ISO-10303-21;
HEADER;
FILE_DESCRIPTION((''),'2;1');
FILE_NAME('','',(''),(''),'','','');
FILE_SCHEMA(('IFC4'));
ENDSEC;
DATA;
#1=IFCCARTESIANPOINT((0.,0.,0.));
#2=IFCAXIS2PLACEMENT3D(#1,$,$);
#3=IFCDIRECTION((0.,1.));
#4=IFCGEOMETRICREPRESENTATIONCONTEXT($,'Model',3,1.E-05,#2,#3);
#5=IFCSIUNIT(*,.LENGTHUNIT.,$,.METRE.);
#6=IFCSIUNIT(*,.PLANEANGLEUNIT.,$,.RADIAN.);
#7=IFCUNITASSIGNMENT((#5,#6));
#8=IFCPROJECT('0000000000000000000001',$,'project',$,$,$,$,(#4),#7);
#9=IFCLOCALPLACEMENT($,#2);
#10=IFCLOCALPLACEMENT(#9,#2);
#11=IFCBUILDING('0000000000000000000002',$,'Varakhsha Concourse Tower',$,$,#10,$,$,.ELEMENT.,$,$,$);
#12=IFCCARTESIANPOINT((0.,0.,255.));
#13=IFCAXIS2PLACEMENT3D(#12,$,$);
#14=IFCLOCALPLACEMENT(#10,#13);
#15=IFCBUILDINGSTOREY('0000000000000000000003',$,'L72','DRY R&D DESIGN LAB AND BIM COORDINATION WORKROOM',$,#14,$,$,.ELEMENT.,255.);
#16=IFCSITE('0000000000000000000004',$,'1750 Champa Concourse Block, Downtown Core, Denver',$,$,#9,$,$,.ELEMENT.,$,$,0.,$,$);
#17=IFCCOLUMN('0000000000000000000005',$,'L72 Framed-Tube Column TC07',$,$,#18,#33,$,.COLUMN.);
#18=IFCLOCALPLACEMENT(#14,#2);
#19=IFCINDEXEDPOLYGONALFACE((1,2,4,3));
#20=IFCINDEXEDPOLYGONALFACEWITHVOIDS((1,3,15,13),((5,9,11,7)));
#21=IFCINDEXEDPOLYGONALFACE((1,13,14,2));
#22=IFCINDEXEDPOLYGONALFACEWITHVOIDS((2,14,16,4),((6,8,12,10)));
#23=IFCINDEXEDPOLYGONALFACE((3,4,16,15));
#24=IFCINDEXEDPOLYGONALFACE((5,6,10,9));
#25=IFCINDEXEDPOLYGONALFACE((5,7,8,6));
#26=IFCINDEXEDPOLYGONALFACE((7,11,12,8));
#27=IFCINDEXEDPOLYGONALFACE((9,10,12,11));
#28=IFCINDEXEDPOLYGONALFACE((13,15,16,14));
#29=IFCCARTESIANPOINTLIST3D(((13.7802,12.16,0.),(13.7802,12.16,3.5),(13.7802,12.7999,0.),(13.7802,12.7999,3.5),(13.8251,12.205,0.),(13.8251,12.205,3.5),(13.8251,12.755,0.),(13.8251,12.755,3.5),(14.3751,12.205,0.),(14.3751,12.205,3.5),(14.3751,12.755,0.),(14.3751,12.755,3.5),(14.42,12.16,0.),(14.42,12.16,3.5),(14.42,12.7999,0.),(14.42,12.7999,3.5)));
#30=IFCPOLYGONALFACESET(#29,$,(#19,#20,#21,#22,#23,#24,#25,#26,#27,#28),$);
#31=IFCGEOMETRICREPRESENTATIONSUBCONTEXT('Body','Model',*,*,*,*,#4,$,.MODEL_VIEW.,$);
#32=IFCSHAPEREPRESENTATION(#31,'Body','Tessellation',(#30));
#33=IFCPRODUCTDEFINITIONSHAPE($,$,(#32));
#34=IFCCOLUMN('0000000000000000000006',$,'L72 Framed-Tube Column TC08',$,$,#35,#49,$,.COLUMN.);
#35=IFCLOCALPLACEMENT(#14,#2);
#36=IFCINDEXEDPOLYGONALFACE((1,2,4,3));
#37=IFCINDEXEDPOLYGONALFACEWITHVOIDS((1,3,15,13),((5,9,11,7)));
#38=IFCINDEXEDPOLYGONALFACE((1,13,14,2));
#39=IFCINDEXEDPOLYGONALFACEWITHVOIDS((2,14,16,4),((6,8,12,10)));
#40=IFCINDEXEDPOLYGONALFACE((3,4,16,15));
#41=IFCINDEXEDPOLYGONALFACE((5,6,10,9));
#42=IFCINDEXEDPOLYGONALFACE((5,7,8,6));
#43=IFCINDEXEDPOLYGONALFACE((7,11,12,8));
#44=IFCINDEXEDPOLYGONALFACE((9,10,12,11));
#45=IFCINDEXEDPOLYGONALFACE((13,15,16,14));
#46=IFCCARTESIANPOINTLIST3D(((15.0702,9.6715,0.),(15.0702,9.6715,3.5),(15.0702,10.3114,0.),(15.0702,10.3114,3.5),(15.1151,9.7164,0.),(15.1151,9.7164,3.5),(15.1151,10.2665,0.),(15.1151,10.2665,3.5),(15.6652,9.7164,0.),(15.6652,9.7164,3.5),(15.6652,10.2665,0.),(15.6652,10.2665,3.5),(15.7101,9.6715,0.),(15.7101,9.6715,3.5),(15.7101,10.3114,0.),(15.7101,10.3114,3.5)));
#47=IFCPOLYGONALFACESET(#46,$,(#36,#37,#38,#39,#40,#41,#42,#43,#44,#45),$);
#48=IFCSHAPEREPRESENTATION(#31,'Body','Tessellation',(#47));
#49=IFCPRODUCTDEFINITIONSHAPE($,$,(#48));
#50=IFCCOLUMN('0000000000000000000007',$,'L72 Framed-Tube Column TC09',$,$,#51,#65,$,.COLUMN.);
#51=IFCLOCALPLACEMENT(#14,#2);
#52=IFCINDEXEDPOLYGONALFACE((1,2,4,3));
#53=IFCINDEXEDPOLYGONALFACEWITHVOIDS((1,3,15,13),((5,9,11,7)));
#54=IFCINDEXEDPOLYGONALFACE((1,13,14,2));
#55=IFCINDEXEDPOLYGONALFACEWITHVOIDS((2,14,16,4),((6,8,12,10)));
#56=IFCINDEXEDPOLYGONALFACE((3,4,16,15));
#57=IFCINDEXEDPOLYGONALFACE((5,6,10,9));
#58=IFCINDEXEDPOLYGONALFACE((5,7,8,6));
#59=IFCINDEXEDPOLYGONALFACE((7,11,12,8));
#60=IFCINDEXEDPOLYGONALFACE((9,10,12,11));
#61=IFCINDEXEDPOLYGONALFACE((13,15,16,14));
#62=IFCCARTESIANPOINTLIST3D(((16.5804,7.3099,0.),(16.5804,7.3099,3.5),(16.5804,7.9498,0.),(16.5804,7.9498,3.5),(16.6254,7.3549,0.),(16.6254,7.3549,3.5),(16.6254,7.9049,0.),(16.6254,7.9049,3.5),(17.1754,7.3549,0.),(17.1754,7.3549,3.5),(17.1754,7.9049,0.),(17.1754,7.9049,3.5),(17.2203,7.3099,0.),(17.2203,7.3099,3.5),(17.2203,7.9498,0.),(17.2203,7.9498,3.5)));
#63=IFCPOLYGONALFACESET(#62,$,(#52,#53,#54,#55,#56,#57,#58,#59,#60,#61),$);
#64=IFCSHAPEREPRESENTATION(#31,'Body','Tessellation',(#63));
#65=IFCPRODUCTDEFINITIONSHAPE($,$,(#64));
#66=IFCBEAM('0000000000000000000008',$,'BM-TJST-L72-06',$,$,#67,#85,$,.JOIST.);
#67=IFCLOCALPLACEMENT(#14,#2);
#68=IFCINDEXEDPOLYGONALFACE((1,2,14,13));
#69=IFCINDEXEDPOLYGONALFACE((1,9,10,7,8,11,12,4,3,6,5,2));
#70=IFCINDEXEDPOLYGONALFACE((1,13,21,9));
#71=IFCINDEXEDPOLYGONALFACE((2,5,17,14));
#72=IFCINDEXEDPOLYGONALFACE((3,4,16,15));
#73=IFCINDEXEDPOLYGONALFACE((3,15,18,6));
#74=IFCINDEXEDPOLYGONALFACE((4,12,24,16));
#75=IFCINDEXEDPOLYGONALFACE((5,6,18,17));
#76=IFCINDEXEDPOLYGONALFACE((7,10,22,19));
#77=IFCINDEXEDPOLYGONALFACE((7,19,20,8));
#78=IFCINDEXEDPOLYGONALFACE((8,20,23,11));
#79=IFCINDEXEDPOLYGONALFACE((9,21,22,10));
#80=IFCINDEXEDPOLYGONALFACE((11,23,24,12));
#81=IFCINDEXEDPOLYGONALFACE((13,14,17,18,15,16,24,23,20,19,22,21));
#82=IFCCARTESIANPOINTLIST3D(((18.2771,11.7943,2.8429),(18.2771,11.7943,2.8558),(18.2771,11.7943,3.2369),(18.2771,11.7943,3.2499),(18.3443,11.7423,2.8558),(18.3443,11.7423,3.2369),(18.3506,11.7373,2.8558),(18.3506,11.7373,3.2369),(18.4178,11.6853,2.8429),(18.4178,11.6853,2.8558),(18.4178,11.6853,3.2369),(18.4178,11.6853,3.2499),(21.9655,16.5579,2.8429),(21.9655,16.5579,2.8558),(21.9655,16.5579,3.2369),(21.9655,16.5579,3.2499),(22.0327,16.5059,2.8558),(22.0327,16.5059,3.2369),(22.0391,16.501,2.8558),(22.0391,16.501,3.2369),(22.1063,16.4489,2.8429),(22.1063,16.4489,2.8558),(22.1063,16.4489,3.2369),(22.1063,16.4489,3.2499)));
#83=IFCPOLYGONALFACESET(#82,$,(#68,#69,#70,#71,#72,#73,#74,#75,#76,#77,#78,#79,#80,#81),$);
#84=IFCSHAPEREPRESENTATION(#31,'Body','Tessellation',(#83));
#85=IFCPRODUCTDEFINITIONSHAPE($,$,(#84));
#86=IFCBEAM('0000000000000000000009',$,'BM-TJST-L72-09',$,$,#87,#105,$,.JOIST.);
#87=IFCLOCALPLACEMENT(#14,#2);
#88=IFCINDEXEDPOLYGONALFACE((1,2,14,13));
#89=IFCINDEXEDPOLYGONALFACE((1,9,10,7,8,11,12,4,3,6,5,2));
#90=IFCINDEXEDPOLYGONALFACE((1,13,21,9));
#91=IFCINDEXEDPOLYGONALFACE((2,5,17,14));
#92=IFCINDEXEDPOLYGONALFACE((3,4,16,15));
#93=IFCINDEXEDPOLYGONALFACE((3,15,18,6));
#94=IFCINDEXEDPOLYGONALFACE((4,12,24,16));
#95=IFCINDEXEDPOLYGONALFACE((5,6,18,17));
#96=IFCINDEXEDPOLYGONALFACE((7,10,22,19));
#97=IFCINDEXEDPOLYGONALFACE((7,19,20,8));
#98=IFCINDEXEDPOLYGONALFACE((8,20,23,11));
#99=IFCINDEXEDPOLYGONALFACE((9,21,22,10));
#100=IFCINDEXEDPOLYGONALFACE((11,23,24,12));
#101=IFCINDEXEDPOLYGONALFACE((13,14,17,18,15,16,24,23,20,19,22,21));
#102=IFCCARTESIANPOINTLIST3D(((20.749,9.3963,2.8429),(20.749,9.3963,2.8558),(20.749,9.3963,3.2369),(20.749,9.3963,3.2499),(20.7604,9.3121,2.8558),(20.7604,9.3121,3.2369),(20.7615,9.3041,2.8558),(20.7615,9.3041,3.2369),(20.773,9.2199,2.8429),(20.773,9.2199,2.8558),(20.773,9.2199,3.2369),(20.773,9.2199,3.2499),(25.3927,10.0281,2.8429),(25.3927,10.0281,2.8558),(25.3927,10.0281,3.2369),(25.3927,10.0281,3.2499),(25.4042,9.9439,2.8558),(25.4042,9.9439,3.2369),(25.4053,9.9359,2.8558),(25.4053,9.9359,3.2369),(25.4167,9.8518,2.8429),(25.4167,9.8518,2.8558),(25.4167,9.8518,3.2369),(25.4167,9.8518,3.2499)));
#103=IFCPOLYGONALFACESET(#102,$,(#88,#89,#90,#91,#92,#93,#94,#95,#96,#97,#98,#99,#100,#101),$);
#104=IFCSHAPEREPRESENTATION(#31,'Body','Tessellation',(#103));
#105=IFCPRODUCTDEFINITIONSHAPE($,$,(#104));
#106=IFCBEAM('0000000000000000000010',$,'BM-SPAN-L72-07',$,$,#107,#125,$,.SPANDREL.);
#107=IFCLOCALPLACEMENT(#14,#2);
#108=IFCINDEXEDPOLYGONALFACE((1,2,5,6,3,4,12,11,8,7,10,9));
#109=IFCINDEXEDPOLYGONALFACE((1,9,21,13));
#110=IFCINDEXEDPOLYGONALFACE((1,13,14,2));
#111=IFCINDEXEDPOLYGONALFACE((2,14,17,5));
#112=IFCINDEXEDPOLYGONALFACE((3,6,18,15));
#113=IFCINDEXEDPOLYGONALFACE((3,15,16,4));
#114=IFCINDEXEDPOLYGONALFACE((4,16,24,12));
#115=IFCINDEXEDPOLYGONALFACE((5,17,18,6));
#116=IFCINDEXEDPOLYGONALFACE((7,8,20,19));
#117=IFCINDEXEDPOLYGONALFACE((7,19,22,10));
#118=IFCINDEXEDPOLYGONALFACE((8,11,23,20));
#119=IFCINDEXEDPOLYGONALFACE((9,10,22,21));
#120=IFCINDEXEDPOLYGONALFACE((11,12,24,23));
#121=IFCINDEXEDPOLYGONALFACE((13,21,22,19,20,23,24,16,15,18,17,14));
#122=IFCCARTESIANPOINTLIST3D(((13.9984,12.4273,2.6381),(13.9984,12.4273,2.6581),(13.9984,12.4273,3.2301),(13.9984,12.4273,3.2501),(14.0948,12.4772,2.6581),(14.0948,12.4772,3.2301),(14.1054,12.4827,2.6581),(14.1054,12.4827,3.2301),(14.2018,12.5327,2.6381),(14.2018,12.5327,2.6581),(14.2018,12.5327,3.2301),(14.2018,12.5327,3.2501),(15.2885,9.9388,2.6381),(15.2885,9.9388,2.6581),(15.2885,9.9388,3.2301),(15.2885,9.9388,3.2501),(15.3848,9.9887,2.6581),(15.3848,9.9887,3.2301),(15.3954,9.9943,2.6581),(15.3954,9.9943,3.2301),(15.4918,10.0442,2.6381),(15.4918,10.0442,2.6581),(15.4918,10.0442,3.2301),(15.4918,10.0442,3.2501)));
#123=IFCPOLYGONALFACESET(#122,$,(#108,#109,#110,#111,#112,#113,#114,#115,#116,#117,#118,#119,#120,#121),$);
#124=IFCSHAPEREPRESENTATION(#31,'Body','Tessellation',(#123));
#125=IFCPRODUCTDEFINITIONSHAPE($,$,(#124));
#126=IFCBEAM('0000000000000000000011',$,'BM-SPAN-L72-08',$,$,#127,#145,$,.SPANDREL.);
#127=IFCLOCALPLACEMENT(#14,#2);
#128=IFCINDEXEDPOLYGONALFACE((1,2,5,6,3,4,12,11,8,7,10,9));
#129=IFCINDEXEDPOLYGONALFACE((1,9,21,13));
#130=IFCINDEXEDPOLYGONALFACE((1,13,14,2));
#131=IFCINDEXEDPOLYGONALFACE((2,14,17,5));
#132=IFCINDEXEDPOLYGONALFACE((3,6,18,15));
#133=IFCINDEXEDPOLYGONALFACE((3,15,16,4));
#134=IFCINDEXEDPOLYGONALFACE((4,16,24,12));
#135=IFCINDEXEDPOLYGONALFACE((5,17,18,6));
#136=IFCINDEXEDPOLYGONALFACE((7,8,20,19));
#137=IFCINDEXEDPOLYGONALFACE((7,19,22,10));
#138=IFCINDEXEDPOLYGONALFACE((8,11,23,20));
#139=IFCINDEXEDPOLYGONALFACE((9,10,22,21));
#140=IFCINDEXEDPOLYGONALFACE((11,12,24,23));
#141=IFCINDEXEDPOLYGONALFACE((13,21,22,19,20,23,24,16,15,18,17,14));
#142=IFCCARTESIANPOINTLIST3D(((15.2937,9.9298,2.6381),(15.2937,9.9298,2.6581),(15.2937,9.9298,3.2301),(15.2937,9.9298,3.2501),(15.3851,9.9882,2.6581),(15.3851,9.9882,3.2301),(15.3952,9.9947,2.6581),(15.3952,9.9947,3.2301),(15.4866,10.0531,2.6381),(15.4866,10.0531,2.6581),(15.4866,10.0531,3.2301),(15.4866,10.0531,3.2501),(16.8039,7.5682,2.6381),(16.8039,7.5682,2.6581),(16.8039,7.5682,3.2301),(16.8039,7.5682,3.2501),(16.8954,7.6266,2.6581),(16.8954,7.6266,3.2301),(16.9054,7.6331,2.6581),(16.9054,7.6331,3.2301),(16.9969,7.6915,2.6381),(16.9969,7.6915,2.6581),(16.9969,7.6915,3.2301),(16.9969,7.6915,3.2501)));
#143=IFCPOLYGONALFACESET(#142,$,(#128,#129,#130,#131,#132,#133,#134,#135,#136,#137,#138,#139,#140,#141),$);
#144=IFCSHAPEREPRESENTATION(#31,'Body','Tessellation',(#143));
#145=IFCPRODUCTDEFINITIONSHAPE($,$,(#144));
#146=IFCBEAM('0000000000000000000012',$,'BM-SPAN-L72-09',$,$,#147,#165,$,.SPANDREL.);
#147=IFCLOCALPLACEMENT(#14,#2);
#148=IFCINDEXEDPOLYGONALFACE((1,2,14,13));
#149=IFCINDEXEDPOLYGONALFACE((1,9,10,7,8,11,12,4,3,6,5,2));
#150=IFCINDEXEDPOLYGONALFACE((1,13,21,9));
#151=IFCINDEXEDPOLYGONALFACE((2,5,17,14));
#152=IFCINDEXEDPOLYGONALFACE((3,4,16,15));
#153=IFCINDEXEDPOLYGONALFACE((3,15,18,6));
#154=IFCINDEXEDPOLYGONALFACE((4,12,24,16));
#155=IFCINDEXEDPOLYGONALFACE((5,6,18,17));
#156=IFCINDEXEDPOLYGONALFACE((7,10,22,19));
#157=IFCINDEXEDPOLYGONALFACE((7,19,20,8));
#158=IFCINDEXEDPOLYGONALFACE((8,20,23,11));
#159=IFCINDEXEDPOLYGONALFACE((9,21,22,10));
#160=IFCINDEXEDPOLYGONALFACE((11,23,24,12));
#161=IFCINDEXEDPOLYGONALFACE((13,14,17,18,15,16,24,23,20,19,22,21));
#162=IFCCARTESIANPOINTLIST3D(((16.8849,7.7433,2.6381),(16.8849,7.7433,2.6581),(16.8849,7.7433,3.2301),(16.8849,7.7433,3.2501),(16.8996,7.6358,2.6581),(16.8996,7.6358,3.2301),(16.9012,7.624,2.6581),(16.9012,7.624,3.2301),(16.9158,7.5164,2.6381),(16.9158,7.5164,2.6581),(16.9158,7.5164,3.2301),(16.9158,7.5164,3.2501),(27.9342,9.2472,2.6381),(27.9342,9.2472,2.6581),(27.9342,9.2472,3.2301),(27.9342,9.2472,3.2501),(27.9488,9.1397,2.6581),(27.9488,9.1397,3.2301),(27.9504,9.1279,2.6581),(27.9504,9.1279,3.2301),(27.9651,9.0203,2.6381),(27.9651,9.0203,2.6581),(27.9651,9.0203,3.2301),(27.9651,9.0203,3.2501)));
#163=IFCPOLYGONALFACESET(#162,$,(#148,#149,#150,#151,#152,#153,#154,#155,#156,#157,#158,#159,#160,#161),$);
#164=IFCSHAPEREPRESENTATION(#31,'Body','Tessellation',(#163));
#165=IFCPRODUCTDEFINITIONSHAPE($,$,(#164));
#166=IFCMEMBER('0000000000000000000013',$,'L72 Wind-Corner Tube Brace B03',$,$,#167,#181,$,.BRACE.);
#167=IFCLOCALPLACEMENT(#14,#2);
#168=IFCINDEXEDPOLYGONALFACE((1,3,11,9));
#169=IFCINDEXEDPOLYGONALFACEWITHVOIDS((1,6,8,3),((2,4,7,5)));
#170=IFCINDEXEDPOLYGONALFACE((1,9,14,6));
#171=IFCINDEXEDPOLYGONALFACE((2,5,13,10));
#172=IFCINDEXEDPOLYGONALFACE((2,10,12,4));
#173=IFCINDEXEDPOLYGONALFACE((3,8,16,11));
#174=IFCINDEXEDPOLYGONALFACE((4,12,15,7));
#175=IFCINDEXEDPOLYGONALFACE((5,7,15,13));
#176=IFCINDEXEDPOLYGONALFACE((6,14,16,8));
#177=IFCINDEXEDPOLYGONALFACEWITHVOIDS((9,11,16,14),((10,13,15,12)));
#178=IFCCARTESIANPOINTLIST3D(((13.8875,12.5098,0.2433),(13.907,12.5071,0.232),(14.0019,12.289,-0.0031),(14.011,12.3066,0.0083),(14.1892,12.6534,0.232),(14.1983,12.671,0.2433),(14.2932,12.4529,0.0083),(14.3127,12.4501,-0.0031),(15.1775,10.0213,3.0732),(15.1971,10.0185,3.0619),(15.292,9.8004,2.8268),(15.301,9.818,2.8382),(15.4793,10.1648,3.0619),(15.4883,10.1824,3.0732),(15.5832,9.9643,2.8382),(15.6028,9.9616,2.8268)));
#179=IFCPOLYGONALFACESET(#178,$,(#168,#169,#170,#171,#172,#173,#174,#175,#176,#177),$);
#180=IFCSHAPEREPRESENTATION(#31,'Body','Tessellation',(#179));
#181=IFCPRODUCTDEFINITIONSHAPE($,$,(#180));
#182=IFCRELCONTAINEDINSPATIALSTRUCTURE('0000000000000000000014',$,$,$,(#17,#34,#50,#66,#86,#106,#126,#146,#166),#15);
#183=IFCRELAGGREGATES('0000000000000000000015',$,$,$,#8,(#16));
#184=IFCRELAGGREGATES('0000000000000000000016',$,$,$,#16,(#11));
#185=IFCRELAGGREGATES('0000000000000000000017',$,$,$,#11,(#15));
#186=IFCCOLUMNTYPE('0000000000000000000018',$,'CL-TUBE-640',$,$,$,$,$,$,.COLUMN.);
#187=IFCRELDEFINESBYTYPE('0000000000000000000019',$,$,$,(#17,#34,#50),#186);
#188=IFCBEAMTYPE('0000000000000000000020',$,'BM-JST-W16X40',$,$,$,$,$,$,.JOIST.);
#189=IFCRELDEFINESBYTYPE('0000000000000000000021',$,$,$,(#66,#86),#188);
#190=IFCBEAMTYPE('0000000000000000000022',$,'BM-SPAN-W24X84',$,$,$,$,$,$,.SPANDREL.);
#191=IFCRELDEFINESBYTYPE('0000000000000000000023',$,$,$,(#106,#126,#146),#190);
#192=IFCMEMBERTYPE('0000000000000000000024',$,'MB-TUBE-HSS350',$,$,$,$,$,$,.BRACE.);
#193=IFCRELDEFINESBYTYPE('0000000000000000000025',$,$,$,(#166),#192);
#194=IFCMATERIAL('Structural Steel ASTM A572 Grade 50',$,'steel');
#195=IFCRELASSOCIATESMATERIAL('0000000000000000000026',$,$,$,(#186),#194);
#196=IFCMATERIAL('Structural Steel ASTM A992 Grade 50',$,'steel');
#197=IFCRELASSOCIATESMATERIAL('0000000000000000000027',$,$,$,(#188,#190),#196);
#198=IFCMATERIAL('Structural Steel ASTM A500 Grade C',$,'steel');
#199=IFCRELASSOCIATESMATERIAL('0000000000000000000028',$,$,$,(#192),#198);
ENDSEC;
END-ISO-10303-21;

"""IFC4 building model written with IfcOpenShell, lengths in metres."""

from ifc_helpers import new_model, si_unit, direction, frame, origin, origin_2d, place, context, subcontext, project, spatial, hollow_rectangle, i_section, extrude, source, transform, mapped, material, material_profile, profile_set, type_object, type_shapes, element, save


model = new_model("IFC4")

# Units and contexts
model_context = context("Model", 3, precision=1e-05, world=origin(), true_north=direction((0.0, 1.0)))
body_context = subcontext(model_context, "Body", "Model", "MODEL_VIEW")
ifc_project = project(units=[si_unit("LENGTHUNIT", "METRE"), si_unit("PLANEANGLEUNIT", "RADIAN")], contexts=[model_context])

# Site, building, storey
site_placement = place(None, origin())
site = spatial("IfcSite", under=ifc_project, at=site_placement, Name="1750 Champa Concourse Block, Downtown Core, Denver", CompositionType="ELEMENT", RefElevation=0.0)
building_placement = place(site_placement, origin())
building = spatial("IfcBuilding", under=site, at=building_placement, Name="Varakhsha Concourse Tower", CompositionType="ELEMENT")
storey_placement = place(building_placement, frame((0.0, 0.0, 255.0)))
storey = spatial("IfcBuildingStorey", under=building, at=storey_placement, Name="L72", Description="DRY R&D DESIGN LAB AND BIM COORDINATION WORKROOM", CompositionType="ELEMENT", Elevation=255.0)

# Columns
ifc_material_1 = material(Name="Structural Steel ASTM A572 Grade 50", Category="steel")
ifc_material_profile_1 = material_profile(ifc_material_1, hollow_rectangle(XDim=0.6399, YDim=0.6399, WallThickness=0.0449, at=origin_2d()), Name="BOX 640x640x45")
ifc_profile_set_1 = profile_set([ifc_material_profile_1], Name="Structural Steel ASTM A572 Grade 50")
column_type = type_object("IfcColumnType", Name="CL-TUBE-640", PredefinedType="COLUMN", material=ifc_profile_set_1)
for number, where, z_axis, x_axis, name in (
    (1, (14.1001, 12.48, 0.0), (0.0, 0.0, 1.0), (1.0, 0.0, 0.0), "L72 Framed-Tube Column TC07"),
    (2, (15.3901, 9.9915, 0.0), (0.0, 0.0, 1.0), (1.0, 0.0, 0.0), "L72 Framed-Tube Column TC08"),
    (3, (16.9004, 7.6299, 0.0), (0.0, 0.0, 1.0), (1.0, 0.0, 0.0), "L72 Framed-Tube Column TC09"),
):
    element("IfcColumn", number, at=place(storey_placement, frame(where, z_axis=z_axis, x_axis=x_axis)), inside=storey, type_object=column_type, Name=name, PredefinedType="COLUMN", context=body_context, shape_type="SweptSolid", body=[
        extrude(hollow_rectangle(XDim=0.6399, YDim=0.6399, WallThickness=0.0449, at=origin_2d()), origin(), (0.0, 0.0, 1.0), 3.5),
    ])

# Beams
ifc_material_2 = material(Name="Structural Steel ASTM A992 Grade 50", Category="steel")
ifc_material_profile_2 = material_profile(ifc_material_2, i_section(OverallWidth=0.178, OverallDepth=0.407, WebThickness=0.0081, FlangeThickness=0.0129, at=origin_2d()), Name="W16X40")
ifc_profile_set_2 = profile_set([ifc_material_profile_2], Name="Structural Steel ASTM A992 Grade 50")
beam_type_1 = type_object("IfcBeamType", Name="BM-JST-W16X40", PredefinedType="JOIST", material=ifc_profile_set_2)
beam_1_placement = place(storey_placement, frame((22.0359, 16.5034, 3.0464), z_axis=(-0.612222, -0.790686, 0.0), x_axis=(0.790686, -0.612222, 0.0)))
element("IfcBeam", 4, at=beam_1_placement, inside=storey, type_object=beam_type_1, Name="BM-TJST-L72-06", PredefinedType="JOIST", context=body_context, shape_type="SweptSolid", body=[
    extrude(i_section(OverallWidth=0.178, OverallDepth=0.407, WebThickness=0.0081, FlangeThickness=0.0129, at=origin_2d()), origin(), (0.0, 0.0, 1.0), 6.0247),
])
beam_2_placement = place(storey_placement, frame((20.761, 9.3081, 3.0464), z_axis=(0.99087, 0.134818, 0.0), x_axis=(-0.134818, 0.99087, 0.0)))
element("IfcBeam", 5, at=beam_2_placement, inside=storey, type_object=beam_type_1, Name="BM-TJST-L72-09", PredefinedType="JOIST", context=body_context, shape_type="SweptSolid", body=[
    extrude(i_section(OverallWidth=0.178, OverallDepth=0.407, WebThickness=0.0081, FlangeThickness=0.0129, at=origin_2d()), origin(), (0.0, 0.0, 1.0), 4.6865),
])
ifc_material_profile_3 = material_profile(ifc_material_2, i_section(OverallWidth=0.229, OverallDepth=0.6121, WebThickness=0.012, FlangeThickness=0.02, at=origin_2d()), Name="W24X84")
ifc_profile_set_3 = profile_set([ifc_material_profile_3], Name="Structural Steel ASTM A992 Grade 50")
beam_type_2 = type_object("IfcBeamType", Name="BM-SPAN-W24X84", PredefinedType="SPANDREL", material=ifc_profile_set_3)
beam_3_placement = place(storey_placement, frame((14.1001, 12.48, 2.9441), z_axis=(0.460231, -0.887799, 0.0), x_axis=(0.887799, 0.460231, 0.0)))
element("IfcBeam", 6, at=beam_3_placement, inside=storey, type_object=beam_type_2, Name="BM-SPAN-L72-07", PredefinedType="SPANDREL", context=body_context, shape_type="SweptSolid", body=[
    extrude(i_section(OverallWidth=0.229, OverallDepth=0.6121, WebThickness=0.012, FlangeThickness=0.02, at=origin_2d()), origin(), (0.0, 0.0, 1.0), 2.803),
])
beam_4_placement = place(storey_placement, frame((15.3901, 9.9915, 2.9441), z_axis=(0.538762, -0.842458, 0.0), x_axis=(0.842458, 0.538762, 0.0)))
element("IfcBeam", 7, at=beam_4_placement, inside=storey, type_object=beam_type_2, Name="BM-SPAN-L72-08", PredefinedType="SPANDREL", context=body_context, shape_type="SweptSolid", body=[
    extrude(i_section(OverallWidth=0.229, OverallDepth=0.6121, WebThickness=0.012, FlangeThickness=0.02, at=origin_2d()), origin(), (0.0, 0.0, 1.0), 2.8032),
])
beam_5_placement = place(storey_placement, frame((16.9004, 7.6299, 2.9441), z_axis=(0.990864, 0.134865, 0.0), x_axis=(-0.134865, 0.990864, 0.0)))
element("IfcBeam", 8, at=beam_5_placement, inside=storey, type_object=beam_type_2, Name="BM-SPAN-L72-09", PredefinedType="SPANDREL", context=body_context, shape_type="SweptSolid", body=[
    extrude(i_section(OverallWidth=0.229, OverallDepth=0.6121, WebThickness=0.012, FlangeThickness=0.02, at=origin_2d()), origin(), (0.0, 0.0, 1.0), 11.1511),
])

# Member
ifc_material_3 = material(Name="Structural Steel ASTM A500 Grade C", Category="steel")
ifc_material_profile_4 = material_profile(ifc_material_3, hollow_rectangle(XDim=0.3501, YDim=0.3501, WallThickness=0.0161, at=origin_2d()), Name="HSS 350x350x16")
ifc_profile_set_4 = profile_set([ifc_material_profile_4], Name="Structural Steel ASTM A500 Grade C")
member_type_1 = type_object("IfcMemberType", Name="MB-TUBE-HSS350", PredefinedType="BRACE", material=ifc_profile_set_4)
shared_shape_1 = source(origin(), body_context, "Body", "SweptSolid", [
    extrude(hollow_rectangle(XDim=0.3501, YDim=0.3501, WallThickness=0.0161, at=origin_2d()), origin(), (0.0, 0.0, 1.0), 3.9832),
])
type_shapes(member_type_1, [shared_shape_1])
for number, where, z_axis, x_axis, name in (
    (9, (14.1001, 12.48, 0.1201), (0.32388, -0.624774, 0.710464), (0.887799, 0.460231, 0.0), "L72 Wind-Corner Tube Brace B03"),
):
    element("IfcMember", number, at=place(storey_placement, frame(where, z_axis=z_axis, x_axis=x_axis)), inside=storey, type_object=member_type_1, Name=name, PredefinedType="BRACE", context=body_context, shape_type="MappedRepresentation", body=[
        mapped(shared_shape_1, transform((0.0, 0.0, 0.0), scale=1.0)),
    ])

save(model, "model.ifc")
